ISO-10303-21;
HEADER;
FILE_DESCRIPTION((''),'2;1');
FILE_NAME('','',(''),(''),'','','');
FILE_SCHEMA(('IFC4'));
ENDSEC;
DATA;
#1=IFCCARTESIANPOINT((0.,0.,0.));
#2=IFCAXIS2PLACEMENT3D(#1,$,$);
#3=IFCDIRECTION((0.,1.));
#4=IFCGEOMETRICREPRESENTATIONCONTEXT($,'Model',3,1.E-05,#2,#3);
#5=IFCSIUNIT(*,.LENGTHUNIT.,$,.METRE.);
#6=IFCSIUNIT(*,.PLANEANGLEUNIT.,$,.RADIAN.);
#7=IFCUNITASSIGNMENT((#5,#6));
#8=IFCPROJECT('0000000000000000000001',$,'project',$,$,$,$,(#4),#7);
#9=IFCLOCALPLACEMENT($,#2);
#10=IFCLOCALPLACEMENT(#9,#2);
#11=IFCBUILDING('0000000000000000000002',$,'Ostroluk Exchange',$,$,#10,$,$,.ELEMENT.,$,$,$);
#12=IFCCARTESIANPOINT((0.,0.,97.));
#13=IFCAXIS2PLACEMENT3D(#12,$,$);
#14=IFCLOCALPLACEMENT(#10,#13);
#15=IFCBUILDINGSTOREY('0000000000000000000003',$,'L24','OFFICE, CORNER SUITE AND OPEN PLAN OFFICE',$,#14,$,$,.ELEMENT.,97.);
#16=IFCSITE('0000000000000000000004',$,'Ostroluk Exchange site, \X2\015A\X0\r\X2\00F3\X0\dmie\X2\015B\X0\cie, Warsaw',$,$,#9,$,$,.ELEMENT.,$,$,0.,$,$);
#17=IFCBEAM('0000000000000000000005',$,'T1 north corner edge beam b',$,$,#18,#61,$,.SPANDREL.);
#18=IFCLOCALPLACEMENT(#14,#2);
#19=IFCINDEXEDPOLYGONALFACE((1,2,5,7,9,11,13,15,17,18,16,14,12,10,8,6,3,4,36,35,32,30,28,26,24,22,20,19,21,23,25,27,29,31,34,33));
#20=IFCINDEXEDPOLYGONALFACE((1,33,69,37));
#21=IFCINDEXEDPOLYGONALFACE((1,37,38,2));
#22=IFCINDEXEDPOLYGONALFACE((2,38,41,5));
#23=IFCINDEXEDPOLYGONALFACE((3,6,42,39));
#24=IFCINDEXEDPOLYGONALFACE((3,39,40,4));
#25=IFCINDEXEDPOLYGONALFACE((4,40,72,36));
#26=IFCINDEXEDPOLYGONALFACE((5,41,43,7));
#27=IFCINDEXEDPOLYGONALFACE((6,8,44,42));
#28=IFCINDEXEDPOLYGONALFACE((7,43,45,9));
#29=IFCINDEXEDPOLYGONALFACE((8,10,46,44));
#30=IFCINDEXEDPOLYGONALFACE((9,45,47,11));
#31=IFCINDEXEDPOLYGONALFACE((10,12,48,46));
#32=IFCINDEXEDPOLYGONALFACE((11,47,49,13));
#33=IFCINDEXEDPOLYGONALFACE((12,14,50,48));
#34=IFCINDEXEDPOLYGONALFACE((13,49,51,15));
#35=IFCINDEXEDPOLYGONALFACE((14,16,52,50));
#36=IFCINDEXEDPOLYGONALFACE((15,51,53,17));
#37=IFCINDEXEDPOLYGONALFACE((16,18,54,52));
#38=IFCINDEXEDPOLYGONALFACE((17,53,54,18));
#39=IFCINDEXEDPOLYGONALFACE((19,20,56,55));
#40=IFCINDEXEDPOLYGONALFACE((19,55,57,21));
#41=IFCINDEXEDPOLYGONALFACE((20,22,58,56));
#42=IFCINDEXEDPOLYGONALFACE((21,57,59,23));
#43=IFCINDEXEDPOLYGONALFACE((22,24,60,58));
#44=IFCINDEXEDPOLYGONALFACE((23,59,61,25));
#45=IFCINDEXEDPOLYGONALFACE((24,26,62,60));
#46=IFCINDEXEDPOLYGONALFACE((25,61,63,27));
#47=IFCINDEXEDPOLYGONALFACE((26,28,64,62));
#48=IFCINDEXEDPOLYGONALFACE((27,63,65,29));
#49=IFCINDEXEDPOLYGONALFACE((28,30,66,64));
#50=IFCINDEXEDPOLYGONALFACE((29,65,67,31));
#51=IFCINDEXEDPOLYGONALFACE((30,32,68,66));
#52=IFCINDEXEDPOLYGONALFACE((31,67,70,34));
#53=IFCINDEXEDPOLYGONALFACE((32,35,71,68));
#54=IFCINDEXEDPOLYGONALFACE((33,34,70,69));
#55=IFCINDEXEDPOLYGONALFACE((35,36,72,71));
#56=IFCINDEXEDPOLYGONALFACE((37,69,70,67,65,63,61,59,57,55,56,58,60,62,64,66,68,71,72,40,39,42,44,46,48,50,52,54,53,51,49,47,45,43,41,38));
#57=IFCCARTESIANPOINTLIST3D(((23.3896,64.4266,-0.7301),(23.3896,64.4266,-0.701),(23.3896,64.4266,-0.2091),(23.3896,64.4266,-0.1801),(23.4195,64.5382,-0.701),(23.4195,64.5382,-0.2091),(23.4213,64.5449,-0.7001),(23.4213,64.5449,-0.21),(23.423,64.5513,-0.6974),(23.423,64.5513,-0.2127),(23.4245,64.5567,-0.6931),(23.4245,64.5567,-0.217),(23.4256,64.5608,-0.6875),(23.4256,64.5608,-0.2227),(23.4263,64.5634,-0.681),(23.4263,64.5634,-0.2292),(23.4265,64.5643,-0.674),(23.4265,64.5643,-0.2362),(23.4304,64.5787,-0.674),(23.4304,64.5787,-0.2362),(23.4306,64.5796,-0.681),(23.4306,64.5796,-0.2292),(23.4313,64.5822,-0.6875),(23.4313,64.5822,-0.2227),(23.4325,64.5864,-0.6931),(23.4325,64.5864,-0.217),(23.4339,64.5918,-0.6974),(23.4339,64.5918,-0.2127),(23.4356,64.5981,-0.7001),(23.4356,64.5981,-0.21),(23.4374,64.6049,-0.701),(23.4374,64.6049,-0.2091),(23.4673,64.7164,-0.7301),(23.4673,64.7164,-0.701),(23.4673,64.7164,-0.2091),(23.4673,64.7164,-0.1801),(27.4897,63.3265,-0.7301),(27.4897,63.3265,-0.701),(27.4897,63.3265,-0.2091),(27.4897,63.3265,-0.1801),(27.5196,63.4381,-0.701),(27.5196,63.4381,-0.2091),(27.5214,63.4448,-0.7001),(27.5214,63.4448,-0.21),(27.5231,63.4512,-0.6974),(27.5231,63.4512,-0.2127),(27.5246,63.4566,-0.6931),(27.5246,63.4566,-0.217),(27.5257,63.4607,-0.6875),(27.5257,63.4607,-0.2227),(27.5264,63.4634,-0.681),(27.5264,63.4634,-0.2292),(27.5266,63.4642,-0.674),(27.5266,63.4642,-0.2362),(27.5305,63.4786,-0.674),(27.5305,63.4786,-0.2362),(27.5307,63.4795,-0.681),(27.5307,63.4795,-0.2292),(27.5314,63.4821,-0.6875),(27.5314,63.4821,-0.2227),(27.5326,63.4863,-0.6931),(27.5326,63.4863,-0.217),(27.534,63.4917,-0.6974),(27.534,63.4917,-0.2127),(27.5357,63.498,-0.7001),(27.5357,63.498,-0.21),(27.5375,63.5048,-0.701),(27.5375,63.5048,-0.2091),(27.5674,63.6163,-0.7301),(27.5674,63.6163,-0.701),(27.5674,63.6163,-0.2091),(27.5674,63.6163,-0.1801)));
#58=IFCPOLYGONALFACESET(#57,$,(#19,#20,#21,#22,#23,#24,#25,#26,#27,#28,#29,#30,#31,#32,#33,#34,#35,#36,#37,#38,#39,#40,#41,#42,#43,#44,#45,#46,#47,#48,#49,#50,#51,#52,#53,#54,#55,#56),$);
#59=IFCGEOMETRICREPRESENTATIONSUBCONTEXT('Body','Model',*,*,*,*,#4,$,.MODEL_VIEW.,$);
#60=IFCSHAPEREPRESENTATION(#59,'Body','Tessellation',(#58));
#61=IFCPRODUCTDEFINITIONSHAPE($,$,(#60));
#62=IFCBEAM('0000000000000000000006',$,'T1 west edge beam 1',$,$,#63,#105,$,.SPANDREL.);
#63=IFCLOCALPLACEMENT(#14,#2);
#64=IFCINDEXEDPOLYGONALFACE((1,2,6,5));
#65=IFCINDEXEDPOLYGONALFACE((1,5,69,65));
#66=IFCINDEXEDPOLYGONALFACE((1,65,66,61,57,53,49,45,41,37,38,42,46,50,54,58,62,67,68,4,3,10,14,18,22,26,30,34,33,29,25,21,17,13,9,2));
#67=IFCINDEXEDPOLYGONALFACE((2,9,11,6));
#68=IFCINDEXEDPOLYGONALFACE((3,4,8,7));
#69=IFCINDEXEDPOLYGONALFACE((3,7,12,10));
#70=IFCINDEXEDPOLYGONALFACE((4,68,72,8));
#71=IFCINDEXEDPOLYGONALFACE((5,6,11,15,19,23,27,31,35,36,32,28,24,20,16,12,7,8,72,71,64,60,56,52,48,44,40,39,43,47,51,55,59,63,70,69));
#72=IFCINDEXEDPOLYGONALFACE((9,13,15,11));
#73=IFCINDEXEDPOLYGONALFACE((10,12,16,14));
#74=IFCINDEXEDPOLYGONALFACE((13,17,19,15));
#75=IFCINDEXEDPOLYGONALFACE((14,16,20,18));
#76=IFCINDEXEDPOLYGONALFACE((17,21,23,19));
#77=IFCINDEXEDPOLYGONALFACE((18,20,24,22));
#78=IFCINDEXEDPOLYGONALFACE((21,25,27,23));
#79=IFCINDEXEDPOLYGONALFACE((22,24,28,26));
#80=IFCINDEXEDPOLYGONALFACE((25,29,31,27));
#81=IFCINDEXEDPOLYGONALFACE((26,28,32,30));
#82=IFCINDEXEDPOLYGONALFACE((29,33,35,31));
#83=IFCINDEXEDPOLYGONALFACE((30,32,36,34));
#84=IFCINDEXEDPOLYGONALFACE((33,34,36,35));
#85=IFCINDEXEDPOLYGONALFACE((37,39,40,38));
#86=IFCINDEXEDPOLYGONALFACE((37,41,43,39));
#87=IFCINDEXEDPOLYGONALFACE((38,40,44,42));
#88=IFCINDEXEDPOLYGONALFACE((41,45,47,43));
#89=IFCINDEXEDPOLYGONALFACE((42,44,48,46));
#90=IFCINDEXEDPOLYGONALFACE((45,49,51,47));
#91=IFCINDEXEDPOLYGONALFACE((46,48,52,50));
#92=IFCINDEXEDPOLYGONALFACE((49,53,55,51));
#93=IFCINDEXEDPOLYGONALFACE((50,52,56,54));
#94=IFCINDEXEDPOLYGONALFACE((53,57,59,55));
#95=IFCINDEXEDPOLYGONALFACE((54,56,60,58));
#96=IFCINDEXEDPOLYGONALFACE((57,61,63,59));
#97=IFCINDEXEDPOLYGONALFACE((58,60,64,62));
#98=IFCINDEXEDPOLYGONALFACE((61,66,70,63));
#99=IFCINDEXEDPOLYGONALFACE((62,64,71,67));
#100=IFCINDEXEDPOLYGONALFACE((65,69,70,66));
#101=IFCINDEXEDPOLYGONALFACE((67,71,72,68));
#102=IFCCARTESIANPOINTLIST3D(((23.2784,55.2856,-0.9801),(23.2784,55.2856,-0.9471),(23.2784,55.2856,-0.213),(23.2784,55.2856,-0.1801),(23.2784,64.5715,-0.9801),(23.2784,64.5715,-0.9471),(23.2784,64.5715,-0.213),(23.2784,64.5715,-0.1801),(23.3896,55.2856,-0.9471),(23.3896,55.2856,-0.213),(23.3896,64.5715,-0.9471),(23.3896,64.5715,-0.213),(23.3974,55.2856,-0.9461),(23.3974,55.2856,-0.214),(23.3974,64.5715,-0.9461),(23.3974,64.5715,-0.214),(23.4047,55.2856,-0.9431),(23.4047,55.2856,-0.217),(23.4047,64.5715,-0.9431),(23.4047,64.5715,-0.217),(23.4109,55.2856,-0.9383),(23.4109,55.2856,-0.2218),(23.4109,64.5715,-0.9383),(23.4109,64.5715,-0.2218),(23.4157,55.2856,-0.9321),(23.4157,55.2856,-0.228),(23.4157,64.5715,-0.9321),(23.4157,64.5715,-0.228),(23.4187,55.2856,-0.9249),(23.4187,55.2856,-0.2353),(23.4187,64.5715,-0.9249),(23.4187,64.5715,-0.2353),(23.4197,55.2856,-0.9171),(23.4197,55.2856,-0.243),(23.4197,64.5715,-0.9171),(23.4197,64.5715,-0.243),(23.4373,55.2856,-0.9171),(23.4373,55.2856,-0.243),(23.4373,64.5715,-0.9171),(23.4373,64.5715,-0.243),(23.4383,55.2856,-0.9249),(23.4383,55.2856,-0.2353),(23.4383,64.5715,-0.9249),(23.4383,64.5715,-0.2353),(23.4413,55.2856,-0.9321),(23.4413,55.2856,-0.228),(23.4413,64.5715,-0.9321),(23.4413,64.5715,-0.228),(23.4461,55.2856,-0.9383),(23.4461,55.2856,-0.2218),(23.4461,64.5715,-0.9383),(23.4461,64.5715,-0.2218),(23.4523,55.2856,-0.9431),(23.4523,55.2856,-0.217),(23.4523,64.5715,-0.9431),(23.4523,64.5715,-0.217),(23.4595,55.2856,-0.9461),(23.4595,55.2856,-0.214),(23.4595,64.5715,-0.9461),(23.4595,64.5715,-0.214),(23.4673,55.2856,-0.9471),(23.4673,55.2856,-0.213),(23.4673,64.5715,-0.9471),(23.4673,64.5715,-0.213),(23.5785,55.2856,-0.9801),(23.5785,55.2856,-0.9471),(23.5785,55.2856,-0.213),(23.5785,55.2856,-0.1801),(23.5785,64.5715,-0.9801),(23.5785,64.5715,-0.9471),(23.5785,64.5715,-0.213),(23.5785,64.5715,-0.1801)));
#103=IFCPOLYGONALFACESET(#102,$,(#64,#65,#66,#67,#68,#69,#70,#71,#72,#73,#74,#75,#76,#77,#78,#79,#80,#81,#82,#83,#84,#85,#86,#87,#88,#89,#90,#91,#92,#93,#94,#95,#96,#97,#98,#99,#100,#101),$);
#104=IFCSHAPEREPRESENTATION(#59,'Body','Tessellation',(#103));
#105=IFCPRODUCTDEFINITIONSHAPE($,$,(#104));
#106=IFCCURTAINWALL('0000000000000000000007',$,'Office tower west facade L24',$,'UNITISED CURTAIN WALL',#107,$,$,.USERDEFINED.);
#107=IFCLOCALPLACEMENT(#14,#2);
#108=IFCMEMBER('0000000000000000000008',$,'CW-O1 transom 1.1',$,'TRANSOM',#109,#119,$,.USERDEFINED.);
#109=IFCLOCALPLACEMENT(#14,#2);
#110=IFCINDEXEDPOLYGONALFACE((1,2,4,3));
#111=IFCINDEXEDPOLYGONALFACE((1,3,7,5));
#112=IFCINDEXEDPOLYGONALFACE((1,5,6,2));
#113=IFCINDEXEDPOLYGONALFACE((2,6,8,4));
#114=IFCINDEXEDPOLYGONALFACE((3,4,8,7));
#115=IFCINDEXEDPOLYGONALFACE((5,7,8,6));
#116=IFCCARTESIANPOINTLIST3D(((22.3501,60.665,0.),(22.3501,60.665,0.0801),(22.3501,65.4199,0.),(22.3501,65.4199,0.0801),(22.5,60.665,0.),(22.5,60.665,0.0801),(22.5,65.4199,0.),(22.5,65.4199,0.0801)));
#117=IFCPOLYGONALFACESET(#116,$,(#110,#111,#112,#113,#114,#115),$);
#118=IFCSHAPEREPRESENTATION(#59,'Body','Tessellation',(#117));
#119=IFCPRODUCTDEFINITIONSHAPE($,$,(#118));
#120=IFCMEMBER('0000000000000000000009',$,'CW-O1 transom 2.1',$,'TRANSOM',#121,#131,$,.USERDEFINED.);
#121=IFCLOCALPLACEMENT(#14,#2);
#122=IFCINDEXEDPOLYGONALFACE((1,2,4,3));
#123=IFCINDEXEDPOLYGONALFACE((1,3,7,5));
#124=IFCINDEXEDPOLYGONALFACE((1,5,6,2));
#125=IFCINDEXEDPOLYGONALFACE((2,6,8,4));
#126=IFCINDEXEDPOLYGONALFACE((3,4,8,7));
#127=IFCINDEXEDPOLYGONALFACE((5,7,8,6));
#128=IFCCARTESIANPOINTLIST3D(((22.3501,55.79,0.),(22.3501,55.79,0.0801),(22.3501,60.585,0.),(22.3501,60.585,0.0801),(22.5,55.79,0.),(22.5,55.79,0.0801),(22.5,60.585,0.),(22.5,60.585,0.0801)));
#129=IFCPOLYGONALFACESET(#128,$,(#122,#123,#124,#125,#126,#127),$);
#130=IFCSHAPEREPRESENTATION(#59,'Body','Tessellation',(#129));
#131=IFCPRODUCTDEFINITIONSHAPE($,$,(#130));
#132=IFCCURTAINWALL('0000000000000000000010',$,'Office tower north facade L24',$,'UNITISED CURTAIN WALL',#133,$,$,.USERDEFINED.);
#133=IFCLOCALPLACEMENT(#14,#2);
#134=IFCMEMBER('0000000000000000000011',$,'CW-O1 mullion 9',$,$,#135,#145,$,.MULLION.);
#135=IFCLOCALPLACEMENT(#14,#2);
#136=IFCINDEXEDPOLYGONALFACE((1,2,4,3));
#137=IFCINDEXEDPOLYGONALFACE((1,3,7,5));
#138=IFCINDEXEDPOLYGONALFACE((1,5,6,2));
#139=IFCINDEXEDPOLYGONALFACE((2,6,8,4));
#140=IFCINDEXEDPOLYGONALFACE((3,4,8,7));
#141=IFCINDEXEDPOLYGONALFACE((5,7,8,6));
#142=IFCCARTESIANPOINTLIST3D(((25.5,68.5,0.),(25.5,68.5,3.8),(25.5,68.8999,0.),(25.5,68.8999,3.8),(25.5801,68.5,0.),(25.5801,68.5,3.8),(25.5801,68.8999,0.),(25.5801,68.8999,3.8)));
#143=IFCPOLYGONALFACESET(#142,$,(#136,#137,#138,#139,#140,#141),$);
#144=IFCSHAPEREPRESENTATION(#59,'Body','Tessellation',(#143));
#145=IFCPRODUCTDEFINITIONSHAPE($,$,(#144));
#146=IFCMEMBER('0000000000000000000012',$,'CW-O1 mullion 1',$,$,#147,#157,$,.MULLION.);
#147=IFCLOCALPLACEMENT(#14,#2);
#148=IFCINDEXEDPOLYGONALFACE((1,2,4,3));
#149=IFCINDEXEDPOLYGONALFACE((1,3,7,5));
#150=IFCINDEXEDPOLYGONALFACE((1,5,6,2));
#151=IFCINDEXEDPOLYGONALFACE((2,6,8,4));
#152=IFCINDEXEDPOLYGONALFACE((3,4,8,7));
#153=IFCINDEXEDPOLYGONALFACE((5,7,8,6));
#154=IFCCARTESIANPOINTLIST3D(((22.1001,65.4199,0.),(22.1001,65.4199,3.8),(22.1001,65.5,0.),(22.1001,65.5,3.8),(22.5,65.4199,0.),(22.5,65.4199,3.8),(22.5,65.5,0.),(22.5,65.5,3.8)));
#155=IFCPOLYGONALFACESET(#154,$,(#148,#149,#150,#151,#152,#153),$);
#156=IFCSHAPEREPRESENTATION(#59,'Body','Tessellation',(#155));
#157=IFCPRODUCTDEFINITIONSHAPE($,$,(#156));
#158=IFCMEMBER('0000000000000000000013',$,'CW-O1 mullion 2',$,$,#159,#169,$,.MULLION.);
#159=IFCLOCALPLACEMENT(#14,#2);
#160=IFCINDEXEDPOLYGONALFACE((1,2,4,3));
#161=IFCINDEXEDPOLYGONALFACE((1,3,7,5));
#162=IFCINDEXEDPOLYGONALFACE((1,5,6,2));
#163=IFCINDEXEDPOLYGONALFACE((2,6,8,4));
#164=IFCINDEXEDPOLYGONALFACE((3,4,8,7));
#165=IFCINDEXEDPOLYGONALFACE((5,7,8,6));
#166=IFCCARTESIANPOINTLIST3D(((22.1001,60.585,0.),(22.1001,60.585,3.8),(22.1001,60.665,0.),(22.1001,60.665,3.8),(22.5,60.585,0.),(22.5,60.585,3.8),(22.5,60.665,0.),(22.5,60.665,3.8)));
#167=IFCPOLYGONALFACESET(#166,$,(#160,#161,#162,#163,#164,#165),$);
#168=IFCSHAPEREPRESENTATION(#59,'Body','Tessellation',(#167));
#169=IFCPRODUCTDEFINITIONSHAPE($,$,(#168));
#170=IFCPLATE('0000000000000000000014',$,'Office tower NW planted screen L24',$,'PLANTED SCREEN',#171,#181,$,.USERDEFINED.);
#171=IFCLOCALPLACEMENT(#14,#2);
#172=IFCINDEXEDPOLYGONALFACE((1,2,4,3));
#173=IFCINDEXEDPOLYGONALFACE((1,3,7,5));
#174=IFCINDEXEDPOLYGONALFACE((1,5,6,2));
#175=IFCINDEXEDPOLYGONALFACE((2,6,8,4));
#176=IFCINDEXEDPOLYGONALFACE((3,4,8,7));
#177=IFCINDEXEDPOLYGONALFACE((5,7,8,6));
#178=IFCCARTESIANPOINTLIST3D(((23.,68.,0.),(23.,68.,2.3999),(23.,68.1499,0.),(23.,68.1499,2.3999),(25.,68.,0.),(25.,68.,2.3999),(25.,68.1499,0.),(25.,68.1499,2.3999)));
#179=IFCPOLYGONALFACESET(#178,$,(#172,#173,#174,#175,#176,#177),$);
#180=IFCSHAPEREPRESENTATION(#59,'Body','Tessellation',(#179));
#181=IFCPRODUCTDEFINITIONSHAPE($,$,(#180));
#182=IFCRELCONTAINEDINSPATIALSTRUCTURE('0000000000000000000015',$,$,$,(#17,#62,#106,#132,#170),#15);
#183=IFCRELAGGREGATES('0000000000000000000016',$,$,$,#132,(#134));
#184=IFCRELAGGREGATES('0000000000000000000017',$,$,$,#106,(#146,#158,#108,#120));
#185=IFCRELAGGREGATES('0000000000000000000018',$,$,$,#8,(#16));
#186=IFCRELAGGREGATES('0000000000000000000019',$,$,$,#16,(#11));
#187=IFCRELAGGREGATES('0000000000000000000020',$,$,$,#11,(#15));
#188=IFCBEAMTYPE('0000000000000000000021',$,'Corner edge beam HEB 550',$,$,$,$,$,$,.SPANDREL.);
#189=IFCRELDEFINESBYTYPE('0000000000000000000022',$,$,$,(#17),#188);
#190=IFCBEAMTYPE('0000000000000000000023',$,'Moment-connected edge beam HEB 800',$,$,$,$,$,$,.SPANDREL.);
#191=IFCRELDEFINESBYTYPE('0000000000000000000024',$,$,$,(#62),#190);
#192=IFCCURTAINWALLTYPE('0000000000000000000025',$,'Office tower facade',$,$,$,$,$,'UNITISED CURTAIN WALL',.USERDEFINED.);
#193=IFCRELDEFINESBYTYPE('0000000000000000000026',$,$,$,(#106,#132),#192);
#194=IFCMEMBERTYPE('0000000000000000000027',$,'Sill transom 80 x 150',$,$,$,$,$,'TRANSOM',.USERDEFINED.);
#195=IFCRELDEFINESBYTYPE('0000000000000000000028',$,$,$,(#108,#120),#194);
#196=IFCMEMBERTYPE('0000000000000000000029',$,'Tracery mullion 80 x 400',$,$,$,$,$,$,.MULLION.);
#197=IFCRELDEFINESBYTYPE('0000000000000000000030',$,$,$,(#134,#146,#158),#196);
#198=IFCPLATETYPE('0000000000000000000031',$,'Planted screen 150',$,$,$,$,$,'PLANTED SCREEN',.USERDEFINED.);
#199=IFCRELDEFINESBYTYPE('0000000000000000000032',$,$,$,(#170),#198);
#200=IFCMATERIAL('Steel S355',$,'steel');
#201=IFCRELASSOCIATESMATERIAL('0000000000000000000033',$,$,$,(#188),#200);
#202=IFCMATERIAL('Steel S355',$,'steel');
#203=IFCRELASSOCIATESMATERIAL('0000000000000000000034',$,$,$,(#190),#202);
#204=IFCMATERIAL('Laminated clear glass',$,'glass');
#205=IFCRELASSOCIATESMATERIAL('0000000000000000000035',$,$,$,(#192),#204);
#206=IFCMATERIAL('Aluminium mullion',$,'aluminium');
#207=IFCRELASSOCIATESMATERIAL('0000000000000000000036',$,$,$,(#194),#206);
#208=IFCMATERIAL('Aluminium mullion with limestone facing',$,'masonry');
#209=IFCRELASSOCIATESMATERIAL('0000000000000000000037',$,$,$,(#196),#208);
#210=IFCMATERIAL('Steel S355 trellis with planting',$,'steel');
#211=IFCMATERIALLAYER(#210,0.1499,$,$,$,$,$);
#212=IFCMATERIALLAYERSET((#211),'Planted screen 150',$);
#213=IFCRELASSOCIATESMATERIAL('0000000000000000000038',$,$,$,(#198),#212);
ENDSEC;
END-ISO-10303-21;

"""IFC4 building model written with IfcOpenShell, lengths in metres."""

from ifc_helpers import new_model, si_unit, direction, frame, origin, origin_2d, place, context, subcontext, project, spatial, rectangle, i_section, extrude, material, layer, layer_set, material_profile, profile_set, type_object, element, aggregate, save


model = new_model("IFC4")

# Units and contexts
model_context = context("Model", 3, precision=1e-05, world=origin(), true_north=direction((0.0, 1.0)))
body_context = subcontext(model_context, "Body", "Model", "MODEL_VIEW")
ifc_project = project(units=[si_unit("LENGTHUNIT", "METRE"), si_unit("PLANEANGLEUNIT", "RADIAN")], contexts=[model_context])

# Site, building, storey
site_placement = place(None, origin())
site = spatial("IfcSite", under=ifc_project, at=site_placement, Name="Ostroluk Exchange site, Śródmieście, Warsaw", CompositionType="ELEMENT", RefElevation=0.0)
building_placement = place(site_placement, origin())
building = spatial("IfcBuilding", under=site, at=building_placement, Name="Ostroluk Exchange", CompositionType="ELEMENT")
storey_placement = place(building_placement, frame((0.0, 0.0, 97.0)))
storey = spatial("IfcBuildingStorey", under=building, at=storey_placement, Name="L24", Description="OFFICE, CORNER SUITE AND OPEN PLAN OFFICE", CompositionType="ELEMENT", Elevation=97.0)

# Beams
ifc_material_1 = material(Name="Steel S355", Category="steel")
ifc_material_profile_1 = material_profile(ifc_material_1, i_section(OverallWidth=0.3, OverallDepth=0.55, WebThickness=0.0149, FlangeThickness=0.0291, FilletRadius=0.0271, at=origin_2d()), Name="HEB 550")
ifc_profile_set_1 = profile_set([ifc_material_profile_1], Name="Steel S355")
beam_type_1 = type_object("IfcBeamType", Name="Corner edge beam HEB 550", PredefinedType="SPANDREL", material=ifc_profile_set_1)
for number, where, z_axis, x_axis, name in (
    (1, (27.5286, 63.4714, -0.4551), (-0.965839, 0.259144, 0.0), (-0.259144, -0.965839, 0.0), "T1 north corner edge beam b"),
):
    element("IfcBeam", number, at=place(storey_placement, frame(where, z_axis=z_axis, x_axis=x_axis)), inside=storey, type_object=beam_type_1, Name=name, PredefinedType="SPANDREL", context=body_context, shape_type="SweptSolid", body=[
        extrude(i_section(OverallWidth=0.3, OverallDepth=0.55, WebThickness=0.0149, FlangeThickness=0.0291, FilletRadius=0.0271, at=origin_2d()), origin(), (0.0, 0.0, 1.0), 4.2451),
    ])
ifc_material_2 = material(Name="Steel S355", Category="steel")
ifc_material_profile_2 = material_profile(ifc_material_2, i_section(OverallWidth=0.3, OverallDepth=0.8, WebThickness=0.0176, FlangeThickness=0.033, FilletRadius=0.03, at=origin_2d()), Name="HEB 800")
ifc_profile_set_2 = profile_set([ifc_material_profile_2], Name="Steel S355")
beam_type_2 = type_object("IfcBeamType", Name="Moment-connected edge beam HEB 800", PredefinedType="SPANDREL", material=ifc_profile_set_2)
beam_1_placement = place(storey_placement, frame((23.4285, 64.5715, -0.5801), z_axis=(0.0, -1.0, 0.0), x_axis=(1.0, 0.0, 0.0)))
element("IfcBeam", 2, at=beam_1_placement, inside=storey, type_object=beam_type_2, Name="T1 west edge beam 1", PredefinedType="SPANDREL", context=body_context, shape_type="SweptSolid", body=[
    extrude(i_section(OverallWidth=0.3, OverallDepth=0.8, WebThickness=0.0176, FlangeThickness=0.033, FilletRadius=0.03, at=origin_2d()), origin(), (0.0, 0.0, 1.0), 9.2859),
])

# Curtain wall, members
ifc_material_3 = material(Name="Laminated clear glass", Category="glass")
curtain_wall_type = type_object("IfcCurtainWallType", Name="Office tower facade", ElementType="UNITISED CURTAIN WALL", PredefinedType="USERDEFINED", material=ifc_material_3)
curtain_wall_1_placement = place(storey_placement, origin())
curtain_wall_1 = element("IfcCurtainWall", 3, at=curtain_wall_1_placement, inside=storey, type_object=curtain_wall_type, Name="Office tower west facade L24", ObjectType="UNITISED CURTAIN WALL", PredefinedType="USERDEFINED")
ifc_material_4 = material(Name="Aluminium mullion", Category="aluminium")
ifc_material_profile_3 = material_profile(ifc_material_4, rectangle(XDim=0.1499, YDim=0.0801, at=origin_2d()), Name="Sill transom 80 x 150")
ifc_profile_set_3 = profile_set([ifc_material_profile_3], Name="Aluminium mullion")
member_type_1 = type_object("IfcMemberType", Name="Sill transom 80 x 150", ElementType="TRANSOM", PredefinedType="USERDEFINED", material=ifc_profile_set_3)
member_1_placement = place(storey_placement, frame((22.425, 65.4199, 0.04), z_axis=(0.0, -1.0, 0.0), x_axis=(1.0, 0.0, 0.0)))
member_1 = element("IfcMember", 4, at=member_1_placement, type_object=member_type_1, Name="CW-O1 transom 1.1", ObjectType="TRANSOM", PredefinedType="USERDEFINED", context=body_context, shape_type="SweptSolid", body=[
    extrude(rectangle(XDim=0.1499, YDim=0.0801, at=origin_2d()), origin(), (0.0, 0.0, 1.0), 4.7549),
])
member_2_placement = place(storey_placement, frame((22.425, 60.585, 0.04), z_axis=(0.0, -1.0, 0.0), x_axis=(1.0, 0.0, 0.0)))
member_2 = element("IfcMember", 5, at=member_2_placement, type_object=member_type_1, Name="CW-O1 transom 2.1", ObjectType="TRANSOM", PredefinedType="USERDEFINED", context=body_context, shape_type="SweptSolid", body=[
    extrude(rectangle(XDim=0.1499, YDim=0.0801, at=origin_2d()), origin(), (0.0, 0.0, 1.0), 4.7949),
])

# Curtain wall, member
curtain_wall_2_placement = place(storey_placement, origin())
curtain_wall_2 = element("IfcCurtainWall", 6, at=curtain_wall_2_placement, inside=storey, type_object=curtain_wall_type, Name="Office tower north facade L24", ObjectType="UNITISED CURTAIN WALL", PredefinedType="USERDEFINED")
ifc_material_5 = material(Name="Aluminium mullion with limestone facing", Category="masonry")
ifc_material_profile_4 = material_profile(ifc_material_5, rectangle(XDim=0.3999, YDim=0.0801, at=origin_2d()), Name="Tracery mullion 80 x 400")
ifc_profile_set_4 = profile_set([ifc_material_profile_4], Name="Aluminium mullion with limestone facing")
member_type_2 = type_object("IfcMemberType", Name="Tracery mullion 80 x 400", PredefinedType="MULLION", material=ifc_profile_set_4)
member_3_placement = place(storey_placement, frame((25.54, 68.7, 0.0), z_axis=(0.0, 0.0, 1.0), x_axis=(0.0, -1.0, 0.0)))
member_3 = element("IfcMember", 7, at=member_3_placement, type_object=member_type_2, Name="CW-O1 mullion 9", PredefinedType="MULLION", context=body_context, shape_type="SweptSolid", body=[
    extrude(rectangle(XDim=0.3999, YDim=0.0801, at=origin_2d()), origin(), (0.0, 0.0, 1.0), 3.8),
])
aggregate(curtain_wall_2, [member_3])

# Members
member_4_placement = place(storey_placement, frame((22.3, 65.46, 0.0), z_axis=(0.0, 0.0, 1.0), x_axis=(1.0, 0.0, 0.0)))
member_4 = element("IfcMember", 8, at=member_4_placement, type_object=member_type_2, Name="CW-O1 mullion 1", PredefinedType="MULLION", context=body_context, shape_type="SweptSolid", body=[
    extrude(rectangle(XDim=0.3999, YDim=0.0801, at=origin_2d()), origin(), (0.0, 0.0, 1.0), 3.8),
])
member_5_placement = place(storey_placement, frame((22.3, 60.625, 0.0), z_axis=(0.0, 0.0, 1.0), x_axis=(1.0, 0.0, 0.0)))
member_5 = element("IfcMember", 9, at=member_5_placement, type_object=member_type_2, Name="CW-O1 mullion 2", PredefinedType="MULLION", context=body_context, shape_type="SweptSolid", body=[
    extrude(rectangle(XDim=0.3999, YDim=0.0801, at=origin_2d()), origin(), (0.0, 0.0, 1.0), 3.8),
])

# Plate
ifc_material_6 = material(Name="Steel S355 trellis with planting", Category="steel")
ifc_layer_1 = layer(ifc_material_6, 0.1499)
ifc_layer_set_1 = layer_set([ifc_layer_1], Name="Planted screen 150")
plate_type_1 = type_object("IfcPlateType", Name="Planted screen 150", ElementType="PLANTED SCREEN", PredefinedType="USERDEFINED", material=ifc_layer_set_1)
plate_1_placement = place(storey_placement, frame((24.0, 68.075, 0.0), z_axis=(0.0, 0.0, 1.0), x_axis=(1.0, 0.0, 0.0)))
element("IfcPlate", 10, at=plate_1_placement, inside=storey, type_object=plate_type_1, Name="Office tower NW planted screen L24", ObjectType="PLANTED SCREEN", PredefinedType="USERDEFINED", context=body_context, shape_type="SweptSolid", body=[
    extrude(rectangle(XDim=2.0, YDim=0.1499, at=origin_2d()), origin(), (0.0, 0.0, 1.0), 2.3999),
])
aggregate(curtain_wall_1, [member_4, member_5, member_1, member_2])

save(model, "model.ifc")
